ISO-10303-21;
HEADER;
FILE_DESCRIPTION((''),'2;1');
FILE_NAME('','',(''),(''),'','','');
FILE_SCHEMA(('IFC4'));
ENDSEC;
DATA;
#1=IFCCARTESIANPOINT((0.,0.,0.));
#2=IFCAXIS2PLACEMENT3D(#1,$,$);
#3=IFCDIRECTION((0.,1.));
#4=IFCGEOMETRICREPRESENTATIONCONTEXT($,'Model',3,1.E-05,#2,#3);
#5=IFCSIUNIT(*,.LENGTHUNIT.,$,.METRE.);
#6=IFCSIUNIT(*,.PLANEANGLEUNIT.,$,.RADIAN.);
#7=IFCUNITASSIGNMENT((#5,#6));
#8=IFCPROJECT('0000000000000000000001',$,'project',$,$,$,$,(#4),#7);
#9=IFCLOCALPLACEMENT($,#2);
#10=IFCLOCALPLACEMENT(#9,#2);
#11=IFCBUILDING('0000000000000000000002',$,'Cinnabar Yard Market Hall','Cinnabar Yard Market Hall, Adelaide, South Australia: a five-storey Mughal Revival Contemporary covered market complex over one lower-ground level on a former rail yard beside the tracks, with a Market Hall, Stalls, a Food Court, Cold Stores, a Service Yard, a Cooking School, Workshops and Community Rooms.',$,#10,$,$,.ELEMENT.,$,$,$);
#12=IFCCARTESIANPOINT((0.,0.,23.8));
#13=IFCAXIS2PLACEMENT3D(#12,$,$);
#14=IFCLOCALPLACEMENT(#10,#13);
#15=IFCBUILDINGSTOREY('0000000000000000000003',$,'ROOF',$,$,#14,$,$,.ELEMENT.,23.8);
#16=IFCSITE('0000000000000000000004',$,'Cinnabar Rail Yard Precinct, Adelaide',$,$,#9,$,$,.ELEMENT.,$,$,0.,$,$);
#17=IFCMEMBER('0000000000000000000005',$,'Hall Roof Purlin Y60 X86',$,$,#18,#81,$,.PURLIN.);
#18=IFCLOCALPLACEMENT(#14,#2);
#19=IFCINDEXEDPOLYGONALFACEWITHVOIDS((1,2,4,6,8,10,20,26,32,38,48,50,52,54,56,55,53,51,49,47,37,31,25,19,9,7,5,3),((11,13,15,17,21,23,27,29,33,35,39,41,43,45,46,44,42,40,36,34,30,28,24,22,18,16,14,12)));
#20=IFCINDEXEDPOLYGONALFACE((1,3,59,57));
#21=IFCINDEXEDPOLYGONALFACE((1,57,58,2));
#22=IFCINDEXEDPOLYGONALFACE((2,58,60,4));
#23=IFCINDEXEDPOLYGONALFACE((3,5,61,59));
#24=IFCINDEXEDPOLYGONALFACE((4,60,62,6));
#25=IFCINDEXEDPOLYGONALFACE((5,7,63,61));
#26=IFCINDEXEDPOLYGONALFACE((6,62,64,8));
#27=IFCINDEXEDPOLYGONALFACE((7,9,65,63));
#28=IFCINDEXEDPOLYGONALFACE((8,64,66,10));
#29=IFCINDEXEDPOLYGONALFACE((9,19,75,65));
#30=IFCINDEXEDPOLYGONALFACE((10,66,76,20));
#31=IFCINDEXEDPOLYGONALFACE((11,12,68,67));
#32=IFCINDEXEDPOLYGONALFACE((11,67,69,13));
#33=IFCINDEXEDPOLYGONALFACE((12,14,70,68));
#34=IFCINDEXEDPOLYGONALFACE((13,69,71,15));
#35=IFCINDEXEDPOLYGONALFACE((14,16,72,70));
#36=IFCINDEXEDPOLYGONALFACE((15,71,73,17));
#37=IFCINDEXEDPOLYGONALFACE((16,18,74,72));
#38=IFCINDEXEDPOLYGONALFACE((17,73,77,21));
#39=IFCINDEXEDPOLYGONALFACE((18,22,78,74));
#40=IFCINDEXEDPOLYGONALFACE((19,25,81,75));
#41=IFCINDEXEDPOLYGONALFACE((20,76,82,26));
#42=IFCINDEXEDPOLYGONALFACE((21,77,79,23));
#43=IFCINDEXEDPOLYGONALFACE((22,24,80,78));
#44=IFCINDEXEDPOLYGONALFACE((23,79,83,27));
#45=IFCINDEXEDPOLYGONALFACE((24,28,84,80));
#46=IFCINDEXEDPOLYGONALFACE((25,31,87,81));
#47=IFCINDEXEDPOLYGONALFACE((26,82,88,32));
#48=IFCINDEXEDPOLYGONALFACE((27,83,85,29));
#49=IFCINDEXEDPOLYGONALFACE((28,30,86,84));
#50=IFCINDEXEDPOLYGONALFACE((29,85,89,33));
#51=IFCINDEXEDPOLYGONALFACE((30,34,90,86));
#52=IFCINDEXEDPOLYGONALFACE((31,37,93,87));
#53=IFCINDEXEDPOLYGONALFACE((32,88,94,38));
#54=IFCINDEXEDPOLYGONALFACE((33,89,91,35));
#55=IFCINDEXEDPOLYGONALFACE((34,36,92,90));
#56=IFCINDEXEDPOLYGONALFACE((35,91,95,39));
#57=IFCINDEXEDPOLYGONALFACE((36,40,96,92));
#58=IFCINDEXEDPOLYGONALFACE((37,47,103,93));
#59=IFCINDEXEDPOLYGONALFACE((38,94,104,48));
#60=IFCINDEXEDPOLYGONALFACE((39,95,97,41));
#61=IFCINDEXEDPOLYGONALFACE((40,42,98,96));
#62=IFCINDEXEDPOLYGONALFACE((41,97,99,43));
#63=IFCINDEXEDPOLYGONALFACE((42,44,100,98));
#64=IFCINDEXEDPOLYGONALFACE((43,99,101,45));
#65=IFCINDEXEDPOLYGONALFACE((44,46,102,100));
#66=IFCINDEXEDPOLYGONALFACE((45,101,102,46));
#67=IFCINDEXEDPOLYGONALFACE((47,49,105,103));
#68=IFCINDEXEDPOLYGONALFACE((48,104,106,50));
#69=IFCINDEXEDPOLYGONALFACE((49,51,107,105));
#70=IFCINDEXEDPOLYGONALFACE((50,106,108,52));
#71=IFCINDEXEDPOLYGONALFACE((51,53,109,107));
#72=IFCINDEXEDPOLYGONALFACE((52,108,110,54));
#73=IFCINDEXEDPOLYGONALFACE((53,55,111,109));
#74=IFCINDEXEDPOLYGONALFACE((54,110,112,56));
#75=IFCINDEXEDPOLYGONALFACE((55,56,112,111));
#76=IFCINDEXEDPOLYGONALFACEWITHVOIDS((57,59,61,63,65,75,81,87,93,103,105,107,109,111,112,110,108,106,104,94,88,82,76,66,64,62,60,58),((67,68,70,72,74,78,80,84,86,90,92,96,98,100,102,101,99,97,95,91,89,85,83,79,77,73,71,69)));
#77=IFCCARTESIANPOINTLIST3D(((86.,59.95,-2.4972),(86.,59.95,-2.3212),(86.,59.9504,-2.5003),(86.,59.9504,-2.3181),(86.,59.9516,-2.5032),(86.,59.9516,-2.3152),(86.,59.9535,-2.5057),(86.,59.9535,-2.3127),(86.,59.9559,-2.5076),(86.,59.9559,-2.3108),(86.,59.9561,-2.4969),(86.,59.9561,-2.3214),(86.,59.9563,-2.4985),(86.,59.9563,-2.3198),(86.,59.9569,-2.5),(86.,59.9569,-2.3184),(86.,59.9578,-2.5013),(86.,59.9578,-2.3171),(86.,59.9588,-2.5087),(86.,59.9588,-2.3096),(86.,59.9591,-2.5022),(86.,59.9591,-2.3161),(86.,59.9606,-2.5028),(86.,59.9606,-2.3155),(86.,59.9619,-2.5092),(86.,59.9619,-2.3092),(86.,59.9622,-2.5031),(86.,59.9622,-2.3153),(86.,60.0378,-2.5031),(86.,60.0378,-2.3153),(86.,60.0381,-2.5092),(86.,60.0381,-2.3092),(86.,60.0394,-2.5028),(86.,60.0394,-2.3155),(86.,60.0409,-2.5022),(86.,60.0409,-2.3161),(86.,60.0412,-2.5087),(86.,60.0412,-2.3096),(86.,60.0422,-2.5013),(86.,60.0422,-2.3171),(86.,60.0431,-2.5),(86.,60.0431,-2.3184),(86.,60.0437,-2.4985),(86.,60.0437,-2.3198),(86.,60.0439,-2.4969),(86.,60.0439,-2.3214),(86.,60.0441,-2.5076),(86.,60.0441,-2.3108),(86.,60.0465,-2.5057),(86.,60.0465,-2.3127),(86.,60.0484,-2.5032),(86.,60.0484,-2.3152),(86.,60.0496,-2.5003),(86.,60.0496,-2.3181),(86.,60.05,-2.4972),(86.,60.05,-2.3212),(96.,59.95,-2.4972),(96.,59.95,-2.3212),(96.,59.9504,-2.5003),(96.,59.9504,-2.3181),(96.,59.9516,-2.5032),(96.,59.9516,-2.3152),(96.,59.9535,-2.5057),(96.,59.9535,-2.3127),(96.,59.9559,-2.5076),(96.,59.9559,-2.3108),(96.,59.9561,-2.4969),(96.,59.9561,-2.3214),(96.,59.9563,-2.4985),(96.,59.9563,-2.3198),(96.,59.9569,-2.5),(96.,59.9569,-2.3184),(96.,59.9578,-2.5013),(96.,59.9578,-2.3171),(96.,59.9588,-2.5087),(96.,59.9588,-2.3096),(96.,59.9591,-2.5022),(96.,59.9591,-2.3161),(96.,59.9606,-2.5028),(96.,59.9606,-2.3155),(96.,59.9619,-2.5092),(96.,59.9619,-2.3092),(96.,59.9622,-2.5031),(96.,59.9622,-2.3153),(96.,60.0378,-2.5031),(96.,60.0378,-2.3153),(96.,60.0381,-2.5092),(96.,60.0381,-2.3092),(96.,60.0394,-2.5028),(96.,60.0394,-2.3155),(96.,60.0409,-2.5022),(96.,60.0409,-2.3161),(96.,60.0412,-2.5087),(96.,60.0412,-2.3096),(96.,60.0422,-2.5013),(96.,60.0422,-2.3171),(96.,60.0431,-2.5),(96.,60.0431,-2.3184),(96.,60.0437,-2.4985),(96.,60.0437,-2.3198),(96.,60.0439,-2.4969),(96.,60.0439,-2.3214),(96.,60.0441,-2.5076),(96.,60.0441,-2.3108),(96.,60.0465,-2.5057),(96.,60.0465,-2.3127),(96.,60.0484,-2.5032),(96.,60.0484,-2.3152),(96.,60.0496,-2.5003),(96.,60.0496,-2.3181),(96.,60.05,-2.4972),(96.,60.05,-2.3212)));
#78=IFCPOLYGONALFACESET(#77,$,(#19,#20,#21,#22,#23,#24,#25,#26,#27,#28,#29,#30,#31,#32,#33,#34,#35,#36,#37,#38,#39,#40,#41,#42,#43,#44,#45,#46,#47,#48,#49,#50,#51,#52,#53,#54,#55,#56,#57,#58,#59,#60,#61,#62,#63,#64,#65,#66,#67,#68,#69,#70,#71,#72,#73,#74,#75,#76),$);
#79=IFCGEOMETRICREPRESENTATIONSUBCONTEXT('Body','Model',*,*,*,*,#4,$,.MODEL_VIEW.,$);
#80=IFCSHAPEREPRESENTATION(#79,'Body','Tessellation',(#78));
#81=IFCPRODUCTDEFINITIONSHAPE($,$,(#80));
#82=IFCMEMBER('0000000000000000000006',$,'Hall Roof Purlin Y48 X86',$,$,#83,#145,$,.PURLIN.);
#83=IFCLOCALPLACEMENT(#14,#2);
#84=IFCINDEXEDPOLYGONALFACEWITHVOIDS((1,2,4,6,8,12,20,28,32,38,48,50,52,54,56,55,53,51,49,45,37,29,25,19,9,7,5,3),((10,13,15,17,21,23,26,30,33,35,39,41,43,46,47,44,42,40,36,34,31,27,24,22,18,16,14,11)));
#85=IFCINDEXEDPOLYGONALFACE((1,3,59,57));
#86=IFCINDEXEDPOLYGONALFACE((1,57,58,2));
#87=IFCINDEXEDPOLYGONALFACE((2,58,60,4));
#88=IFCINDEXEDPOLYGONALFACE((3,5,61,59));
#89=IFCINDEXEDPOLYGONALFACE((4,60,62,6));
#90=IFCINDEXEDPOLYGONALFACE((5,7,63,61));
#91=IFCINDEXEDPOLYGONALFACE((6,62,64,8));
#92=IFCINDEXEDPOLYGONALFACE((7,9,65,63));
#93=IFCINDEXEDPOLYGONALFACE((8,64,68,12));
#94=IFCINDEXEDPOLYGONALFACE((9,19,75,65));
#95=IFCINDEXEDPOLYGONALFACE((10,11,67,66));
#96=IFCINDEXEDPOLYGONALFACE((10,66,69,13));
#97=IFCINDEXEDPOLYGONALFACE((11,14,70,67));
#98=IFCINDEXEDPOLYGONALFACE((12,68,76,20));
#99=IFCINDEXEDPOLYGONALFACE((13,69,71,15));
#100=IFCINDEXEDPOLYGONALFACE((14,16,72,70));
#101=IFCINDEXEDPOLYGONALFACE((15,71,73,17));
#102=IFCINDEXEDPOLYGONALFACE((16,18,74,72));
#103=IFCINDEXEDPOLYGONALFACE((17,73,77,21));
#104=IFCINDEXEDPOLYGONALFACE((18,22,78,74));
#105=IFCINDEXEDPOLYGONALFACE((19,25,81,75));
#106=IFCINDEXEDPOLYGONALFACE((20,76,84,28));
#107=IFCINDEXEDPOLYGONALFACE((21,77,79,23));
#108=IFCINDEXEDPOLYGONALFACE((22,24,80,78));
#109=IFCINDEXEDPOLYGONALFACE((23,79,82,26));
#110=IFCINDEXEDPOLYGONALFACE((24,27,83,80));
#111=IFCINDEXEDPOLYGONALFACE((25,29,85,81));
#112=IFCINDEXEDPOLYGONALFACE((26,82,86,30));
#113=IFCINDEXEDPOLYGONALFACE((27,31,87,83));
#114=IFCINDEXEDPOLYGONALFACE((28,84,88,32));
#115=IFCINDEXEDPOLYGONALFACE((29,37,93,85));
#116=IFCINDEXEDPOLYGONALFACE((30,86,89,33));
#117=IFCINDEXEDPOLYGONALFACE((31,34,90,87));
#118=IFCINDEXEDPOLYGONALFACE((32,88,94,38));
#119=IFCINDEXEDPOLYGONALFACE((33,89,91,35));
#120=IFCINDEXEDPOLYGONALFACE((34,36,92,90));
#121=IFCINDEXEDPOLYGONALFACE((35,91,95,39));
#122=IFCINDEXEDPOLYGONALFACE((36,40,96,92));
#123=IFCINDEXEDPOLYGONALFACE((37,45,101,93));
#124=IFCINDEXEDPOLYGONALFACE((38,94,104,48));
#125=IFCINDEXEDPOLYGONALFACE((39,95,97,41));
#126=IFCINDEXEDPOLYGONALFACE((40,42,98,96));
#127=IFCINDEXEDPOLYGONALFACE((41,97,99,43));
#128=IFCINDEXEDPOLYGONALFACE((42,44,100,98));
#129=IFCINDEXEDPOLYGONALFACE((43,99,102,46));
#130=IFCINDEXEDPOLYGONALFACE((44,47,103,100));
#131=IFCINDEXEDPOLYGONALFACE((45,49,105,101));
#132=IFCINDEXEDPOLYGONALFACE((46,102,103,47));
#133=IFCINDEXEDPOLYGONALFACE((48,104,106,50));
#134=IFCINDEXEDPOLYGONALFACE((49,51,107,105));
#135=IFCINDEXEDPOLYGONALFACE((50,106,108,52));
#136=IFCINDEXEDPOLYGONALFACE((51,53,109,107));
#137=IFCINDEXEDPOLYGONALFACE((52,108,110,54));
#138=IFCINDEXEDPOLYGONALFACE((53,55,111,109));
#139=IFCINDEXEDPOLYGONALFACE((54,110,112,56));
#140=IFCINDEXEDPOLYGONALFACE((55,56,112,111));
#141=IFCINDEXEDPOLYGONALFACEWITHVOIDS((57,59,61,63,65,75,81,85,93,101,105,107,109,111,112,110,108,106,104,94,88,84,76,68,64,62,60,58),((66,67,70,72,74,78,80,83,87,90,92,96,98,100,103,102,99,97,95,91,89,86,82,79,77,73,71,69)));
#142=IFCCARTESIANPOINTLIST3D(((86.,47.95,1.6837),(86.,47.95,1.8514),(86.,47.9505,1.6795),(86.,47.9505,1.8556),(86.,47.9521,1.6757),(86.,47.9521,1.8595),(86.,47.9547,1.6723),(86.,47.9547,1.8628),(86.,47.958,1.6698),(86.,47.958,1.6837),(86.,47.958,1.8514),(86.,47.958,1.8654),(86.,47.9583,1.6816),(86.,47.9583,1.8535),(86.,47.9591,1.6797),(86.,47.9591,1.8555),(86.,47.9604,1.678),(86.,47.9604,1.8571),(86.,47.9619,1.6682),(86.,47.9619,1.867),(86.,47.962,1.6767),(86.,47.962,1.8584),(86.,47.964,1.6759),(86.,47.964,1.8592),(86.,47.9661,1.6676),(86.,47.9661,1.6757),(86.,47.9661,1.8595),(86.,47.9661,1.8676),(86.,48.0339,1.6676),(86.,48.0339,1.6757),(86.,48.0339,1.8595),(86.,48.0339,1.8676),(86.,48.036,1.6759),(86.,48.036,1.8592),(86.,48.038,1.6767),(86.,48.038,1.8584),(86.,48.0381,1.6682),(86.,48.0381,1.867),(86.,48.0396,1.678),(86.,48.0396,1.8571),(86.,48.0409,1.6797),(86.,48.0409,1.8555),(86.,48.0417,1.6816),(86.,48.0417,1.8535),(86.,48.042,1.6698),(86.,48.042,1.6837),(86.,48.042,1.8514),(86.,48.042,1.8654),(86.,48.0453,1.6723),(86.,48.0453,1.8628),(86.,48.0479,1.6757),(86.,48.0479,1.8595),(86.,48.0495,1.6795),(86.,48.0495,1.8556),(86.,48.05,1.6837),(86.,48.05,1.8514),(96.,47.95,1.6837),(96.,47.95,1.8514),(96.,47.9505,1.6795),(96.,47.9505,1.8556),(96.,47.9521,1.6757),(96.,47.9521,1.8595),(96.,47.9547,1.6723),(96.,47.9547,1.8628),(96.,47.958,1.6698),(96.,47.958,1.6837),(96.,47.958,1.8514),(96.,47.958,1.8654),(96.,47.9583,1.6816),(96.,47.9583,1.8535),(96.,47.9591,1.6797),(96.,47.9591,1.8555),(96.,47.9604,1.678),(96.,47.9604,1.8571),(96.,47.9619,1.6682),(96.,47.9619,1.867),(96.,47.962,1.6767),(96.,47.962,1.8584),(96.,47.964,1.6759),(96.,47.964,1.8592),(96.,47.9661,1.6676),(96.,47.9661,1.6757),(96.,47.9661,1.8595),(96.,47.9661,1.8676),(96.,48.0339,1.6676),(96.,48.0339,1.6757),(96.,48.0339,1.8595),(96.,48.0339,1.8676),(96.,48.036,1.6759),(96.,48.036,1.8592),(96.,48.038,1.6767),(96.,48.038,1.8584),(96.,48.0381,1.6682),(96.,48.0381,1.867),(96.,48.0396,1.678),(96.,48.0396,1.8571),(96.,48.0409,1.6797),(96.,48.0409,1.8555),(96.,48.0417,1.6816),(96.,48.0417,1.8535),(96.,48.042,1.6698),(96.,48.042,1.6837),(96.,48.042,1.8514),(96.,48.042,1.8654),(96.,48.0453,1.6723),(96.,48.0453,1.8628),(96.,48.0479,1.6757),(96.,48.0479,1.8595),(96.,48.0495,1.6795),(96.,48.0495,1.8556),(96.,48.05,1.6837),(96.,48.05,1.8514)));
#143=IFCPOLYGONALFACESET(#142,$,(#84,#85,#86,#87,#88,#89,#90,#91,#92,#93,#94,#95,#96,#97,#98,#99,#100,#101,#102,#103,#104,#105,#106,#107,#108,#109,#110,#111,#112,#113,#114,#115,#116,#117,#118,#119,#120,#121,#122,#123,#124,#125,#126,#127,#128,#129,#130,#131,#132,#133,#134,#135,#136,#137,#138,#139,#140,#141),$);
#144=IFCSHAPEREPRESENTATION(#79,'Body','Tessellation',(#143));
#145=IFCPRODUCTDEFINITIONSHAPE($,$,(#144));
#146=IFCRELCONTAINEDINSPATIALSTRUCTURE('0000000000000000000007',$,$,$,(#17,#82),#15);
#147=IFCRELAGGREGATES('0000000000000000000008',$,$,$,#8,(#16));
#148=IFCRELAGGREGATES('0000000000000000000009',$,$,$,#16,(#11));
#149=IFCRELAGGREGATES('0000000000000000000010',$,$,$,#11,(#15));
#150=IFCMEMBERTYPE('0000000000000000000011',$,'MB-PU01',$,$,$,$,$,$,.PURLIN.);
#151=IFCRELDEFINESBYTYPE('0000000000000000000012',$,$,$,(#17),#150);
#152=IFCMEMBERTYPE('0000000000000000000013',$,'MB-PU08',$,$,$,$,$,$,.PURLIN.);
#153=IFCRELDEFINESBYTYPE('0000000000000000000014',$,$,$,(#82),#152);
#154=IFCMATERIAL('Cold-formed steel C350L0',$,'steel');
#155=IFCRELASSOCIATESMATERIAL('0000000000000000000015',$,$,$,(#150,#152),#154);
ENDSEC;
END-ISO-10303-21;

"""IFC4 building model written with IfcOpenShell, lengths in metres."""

from ifc_helpers import new_model, si_unit, direction, frame, origin, origin_2d_with_axis, place, context, subcontext, project, spatial, hollow_rectangle, extrude, material, material_profile, profile_set, type_object, element, save


model = new_model("IFC4")

# Units and contexts
model_context = context("Model", 3, precision=1e-05, world=origin(), true_north=direction((0.0, 1.0)))
body_context = subcontext(model_context, "Body", "Model", "MODEL_VIEW")
ifc_project = project(units=[si_unit("LENGTHUNIT", "METRE"), si_unit("PLANEANGLEUNIT", "RADIAN")], contexts=[model_context])

# Site, building, storey
site_placement = place(None, origin())
site = spatial("IfcSite", under=ifc_project, at=site_placement, Name="Cinnabar Rail Yard Precinct, Adelaide", CompositionType="ELEMENT", RefElevation=0.0)
building_placement = place(site_placement, origin())
building = spatial("IfcBuilding", under=site, at=building_placement, Name="Cinnabar Yard Market Hall", Description="Cinnabar Yard Market Hall, Adelaide, South Australia: a five-storey Mughal Revival Contemporary covered market complex over one lower-ground level on a former rail yard beside the tracks, with a Market Hall, Stalls, a Food Court, Cold Stores, a Service Yard, a Cooking School, Workshops and Community Rooms.", CompositionType="ELEMENT")
storey_placement = place(building_placement, frame((0.0, 0.0, 23.8)))
storey = spatial("IfcBuildingStorey", under=building, at=storey_placement, Name="ROOF", CompositionType="ELEMENT", Elevation=23.8)

# Members
ifc_material_1 = material(Name="Cold-formed steel C350L0", Category="steel")
ifc_material_profile_1 = material_profile(ifc_material_1, hollow_rectangle(XDim=0.1001, YDim=0.2, WallThickness=0.0061, InnerFilletRadius=0.0061, OuterFilletRadius=0.012, at=origin_2d_with_axis()), Name="200x100x6.0RHS")
ifc_profile_set_1 = profile_set([ifc_material_profile_1], Name="Cold-formed steel C350L0")
member_type_1 = type_object("IfcMemberType", Name="MB-PU01", PredefinedType="PURLIN", material=ifc_profile_set_1)
member_1_placement = place(storey_placement, frame((86.0, 60.0, -2.4092), z_axis=(1.0, 0.0, 0.0), x_axis=(0.0, 1.0, 0.0)))
element("IfcMember", 1, at=member_1_placement, inside=storey, type_object=member_type_1, Name="Hall Roof Purlin Y60 X86", PredefinedType="PURLIN", context=body_context, shape_type="SweptSolid", body=[
    extrude(hollow_rectangle(XDim=0.1001, YDim=0.2, WallThickness=0.0061, InnerFilletRadius=0.0061, OuterFilletRadius=0.012, at=origin_2d_with_axis()), origin(), (0.0, 0.0, 1.0), 10.0),
])
ifc_material_profile_2 = material_profile(ifc_material_1, hollow_rectangle(XDim=0.1001, YDim=0.2, WallThickness=0.0081, InnerFilletRadius=0.0081, OuterFilletRadius=0.0161, at=origin_2d_with_axis()), Name="200x100x8.0RHS")
ifc_profile_set_2 = profile_set([ifc_material_profile_2], Name="Cold-formed steel C350L0")
member_type_2 = type_object("IfcMemberType", Name="MB-PU08", PredefinedType="PURLIN", material=ifc_profile_set_2)
member_2_placement = place(storey_placement, frame((86.0, 48.0, 1.7676), z_axis=(1.0, 0.0, 0.0), x_axis=(0.0, 1.0, 0.0)))
element("IfcMember", 2, at=member_2_placement, inside=storey, type_object=member_type_2, Name="Hall Roof Purlin Y48 X86", PredefinedType="PURLIN", context=body_context, shape_type="SweptSolid", body=[
    extrude(hollow_rectangle(XDim=0.1001, YDim=0.2, WallThickness=0.0081, InnerFilletRadius=0.0081, OuterFilletRadius=0.0161, at=origin_2d_with_axis()), origin(), (0.0, 0.0, 1.0), 10.0),
])

save(model, "model.ifc")
